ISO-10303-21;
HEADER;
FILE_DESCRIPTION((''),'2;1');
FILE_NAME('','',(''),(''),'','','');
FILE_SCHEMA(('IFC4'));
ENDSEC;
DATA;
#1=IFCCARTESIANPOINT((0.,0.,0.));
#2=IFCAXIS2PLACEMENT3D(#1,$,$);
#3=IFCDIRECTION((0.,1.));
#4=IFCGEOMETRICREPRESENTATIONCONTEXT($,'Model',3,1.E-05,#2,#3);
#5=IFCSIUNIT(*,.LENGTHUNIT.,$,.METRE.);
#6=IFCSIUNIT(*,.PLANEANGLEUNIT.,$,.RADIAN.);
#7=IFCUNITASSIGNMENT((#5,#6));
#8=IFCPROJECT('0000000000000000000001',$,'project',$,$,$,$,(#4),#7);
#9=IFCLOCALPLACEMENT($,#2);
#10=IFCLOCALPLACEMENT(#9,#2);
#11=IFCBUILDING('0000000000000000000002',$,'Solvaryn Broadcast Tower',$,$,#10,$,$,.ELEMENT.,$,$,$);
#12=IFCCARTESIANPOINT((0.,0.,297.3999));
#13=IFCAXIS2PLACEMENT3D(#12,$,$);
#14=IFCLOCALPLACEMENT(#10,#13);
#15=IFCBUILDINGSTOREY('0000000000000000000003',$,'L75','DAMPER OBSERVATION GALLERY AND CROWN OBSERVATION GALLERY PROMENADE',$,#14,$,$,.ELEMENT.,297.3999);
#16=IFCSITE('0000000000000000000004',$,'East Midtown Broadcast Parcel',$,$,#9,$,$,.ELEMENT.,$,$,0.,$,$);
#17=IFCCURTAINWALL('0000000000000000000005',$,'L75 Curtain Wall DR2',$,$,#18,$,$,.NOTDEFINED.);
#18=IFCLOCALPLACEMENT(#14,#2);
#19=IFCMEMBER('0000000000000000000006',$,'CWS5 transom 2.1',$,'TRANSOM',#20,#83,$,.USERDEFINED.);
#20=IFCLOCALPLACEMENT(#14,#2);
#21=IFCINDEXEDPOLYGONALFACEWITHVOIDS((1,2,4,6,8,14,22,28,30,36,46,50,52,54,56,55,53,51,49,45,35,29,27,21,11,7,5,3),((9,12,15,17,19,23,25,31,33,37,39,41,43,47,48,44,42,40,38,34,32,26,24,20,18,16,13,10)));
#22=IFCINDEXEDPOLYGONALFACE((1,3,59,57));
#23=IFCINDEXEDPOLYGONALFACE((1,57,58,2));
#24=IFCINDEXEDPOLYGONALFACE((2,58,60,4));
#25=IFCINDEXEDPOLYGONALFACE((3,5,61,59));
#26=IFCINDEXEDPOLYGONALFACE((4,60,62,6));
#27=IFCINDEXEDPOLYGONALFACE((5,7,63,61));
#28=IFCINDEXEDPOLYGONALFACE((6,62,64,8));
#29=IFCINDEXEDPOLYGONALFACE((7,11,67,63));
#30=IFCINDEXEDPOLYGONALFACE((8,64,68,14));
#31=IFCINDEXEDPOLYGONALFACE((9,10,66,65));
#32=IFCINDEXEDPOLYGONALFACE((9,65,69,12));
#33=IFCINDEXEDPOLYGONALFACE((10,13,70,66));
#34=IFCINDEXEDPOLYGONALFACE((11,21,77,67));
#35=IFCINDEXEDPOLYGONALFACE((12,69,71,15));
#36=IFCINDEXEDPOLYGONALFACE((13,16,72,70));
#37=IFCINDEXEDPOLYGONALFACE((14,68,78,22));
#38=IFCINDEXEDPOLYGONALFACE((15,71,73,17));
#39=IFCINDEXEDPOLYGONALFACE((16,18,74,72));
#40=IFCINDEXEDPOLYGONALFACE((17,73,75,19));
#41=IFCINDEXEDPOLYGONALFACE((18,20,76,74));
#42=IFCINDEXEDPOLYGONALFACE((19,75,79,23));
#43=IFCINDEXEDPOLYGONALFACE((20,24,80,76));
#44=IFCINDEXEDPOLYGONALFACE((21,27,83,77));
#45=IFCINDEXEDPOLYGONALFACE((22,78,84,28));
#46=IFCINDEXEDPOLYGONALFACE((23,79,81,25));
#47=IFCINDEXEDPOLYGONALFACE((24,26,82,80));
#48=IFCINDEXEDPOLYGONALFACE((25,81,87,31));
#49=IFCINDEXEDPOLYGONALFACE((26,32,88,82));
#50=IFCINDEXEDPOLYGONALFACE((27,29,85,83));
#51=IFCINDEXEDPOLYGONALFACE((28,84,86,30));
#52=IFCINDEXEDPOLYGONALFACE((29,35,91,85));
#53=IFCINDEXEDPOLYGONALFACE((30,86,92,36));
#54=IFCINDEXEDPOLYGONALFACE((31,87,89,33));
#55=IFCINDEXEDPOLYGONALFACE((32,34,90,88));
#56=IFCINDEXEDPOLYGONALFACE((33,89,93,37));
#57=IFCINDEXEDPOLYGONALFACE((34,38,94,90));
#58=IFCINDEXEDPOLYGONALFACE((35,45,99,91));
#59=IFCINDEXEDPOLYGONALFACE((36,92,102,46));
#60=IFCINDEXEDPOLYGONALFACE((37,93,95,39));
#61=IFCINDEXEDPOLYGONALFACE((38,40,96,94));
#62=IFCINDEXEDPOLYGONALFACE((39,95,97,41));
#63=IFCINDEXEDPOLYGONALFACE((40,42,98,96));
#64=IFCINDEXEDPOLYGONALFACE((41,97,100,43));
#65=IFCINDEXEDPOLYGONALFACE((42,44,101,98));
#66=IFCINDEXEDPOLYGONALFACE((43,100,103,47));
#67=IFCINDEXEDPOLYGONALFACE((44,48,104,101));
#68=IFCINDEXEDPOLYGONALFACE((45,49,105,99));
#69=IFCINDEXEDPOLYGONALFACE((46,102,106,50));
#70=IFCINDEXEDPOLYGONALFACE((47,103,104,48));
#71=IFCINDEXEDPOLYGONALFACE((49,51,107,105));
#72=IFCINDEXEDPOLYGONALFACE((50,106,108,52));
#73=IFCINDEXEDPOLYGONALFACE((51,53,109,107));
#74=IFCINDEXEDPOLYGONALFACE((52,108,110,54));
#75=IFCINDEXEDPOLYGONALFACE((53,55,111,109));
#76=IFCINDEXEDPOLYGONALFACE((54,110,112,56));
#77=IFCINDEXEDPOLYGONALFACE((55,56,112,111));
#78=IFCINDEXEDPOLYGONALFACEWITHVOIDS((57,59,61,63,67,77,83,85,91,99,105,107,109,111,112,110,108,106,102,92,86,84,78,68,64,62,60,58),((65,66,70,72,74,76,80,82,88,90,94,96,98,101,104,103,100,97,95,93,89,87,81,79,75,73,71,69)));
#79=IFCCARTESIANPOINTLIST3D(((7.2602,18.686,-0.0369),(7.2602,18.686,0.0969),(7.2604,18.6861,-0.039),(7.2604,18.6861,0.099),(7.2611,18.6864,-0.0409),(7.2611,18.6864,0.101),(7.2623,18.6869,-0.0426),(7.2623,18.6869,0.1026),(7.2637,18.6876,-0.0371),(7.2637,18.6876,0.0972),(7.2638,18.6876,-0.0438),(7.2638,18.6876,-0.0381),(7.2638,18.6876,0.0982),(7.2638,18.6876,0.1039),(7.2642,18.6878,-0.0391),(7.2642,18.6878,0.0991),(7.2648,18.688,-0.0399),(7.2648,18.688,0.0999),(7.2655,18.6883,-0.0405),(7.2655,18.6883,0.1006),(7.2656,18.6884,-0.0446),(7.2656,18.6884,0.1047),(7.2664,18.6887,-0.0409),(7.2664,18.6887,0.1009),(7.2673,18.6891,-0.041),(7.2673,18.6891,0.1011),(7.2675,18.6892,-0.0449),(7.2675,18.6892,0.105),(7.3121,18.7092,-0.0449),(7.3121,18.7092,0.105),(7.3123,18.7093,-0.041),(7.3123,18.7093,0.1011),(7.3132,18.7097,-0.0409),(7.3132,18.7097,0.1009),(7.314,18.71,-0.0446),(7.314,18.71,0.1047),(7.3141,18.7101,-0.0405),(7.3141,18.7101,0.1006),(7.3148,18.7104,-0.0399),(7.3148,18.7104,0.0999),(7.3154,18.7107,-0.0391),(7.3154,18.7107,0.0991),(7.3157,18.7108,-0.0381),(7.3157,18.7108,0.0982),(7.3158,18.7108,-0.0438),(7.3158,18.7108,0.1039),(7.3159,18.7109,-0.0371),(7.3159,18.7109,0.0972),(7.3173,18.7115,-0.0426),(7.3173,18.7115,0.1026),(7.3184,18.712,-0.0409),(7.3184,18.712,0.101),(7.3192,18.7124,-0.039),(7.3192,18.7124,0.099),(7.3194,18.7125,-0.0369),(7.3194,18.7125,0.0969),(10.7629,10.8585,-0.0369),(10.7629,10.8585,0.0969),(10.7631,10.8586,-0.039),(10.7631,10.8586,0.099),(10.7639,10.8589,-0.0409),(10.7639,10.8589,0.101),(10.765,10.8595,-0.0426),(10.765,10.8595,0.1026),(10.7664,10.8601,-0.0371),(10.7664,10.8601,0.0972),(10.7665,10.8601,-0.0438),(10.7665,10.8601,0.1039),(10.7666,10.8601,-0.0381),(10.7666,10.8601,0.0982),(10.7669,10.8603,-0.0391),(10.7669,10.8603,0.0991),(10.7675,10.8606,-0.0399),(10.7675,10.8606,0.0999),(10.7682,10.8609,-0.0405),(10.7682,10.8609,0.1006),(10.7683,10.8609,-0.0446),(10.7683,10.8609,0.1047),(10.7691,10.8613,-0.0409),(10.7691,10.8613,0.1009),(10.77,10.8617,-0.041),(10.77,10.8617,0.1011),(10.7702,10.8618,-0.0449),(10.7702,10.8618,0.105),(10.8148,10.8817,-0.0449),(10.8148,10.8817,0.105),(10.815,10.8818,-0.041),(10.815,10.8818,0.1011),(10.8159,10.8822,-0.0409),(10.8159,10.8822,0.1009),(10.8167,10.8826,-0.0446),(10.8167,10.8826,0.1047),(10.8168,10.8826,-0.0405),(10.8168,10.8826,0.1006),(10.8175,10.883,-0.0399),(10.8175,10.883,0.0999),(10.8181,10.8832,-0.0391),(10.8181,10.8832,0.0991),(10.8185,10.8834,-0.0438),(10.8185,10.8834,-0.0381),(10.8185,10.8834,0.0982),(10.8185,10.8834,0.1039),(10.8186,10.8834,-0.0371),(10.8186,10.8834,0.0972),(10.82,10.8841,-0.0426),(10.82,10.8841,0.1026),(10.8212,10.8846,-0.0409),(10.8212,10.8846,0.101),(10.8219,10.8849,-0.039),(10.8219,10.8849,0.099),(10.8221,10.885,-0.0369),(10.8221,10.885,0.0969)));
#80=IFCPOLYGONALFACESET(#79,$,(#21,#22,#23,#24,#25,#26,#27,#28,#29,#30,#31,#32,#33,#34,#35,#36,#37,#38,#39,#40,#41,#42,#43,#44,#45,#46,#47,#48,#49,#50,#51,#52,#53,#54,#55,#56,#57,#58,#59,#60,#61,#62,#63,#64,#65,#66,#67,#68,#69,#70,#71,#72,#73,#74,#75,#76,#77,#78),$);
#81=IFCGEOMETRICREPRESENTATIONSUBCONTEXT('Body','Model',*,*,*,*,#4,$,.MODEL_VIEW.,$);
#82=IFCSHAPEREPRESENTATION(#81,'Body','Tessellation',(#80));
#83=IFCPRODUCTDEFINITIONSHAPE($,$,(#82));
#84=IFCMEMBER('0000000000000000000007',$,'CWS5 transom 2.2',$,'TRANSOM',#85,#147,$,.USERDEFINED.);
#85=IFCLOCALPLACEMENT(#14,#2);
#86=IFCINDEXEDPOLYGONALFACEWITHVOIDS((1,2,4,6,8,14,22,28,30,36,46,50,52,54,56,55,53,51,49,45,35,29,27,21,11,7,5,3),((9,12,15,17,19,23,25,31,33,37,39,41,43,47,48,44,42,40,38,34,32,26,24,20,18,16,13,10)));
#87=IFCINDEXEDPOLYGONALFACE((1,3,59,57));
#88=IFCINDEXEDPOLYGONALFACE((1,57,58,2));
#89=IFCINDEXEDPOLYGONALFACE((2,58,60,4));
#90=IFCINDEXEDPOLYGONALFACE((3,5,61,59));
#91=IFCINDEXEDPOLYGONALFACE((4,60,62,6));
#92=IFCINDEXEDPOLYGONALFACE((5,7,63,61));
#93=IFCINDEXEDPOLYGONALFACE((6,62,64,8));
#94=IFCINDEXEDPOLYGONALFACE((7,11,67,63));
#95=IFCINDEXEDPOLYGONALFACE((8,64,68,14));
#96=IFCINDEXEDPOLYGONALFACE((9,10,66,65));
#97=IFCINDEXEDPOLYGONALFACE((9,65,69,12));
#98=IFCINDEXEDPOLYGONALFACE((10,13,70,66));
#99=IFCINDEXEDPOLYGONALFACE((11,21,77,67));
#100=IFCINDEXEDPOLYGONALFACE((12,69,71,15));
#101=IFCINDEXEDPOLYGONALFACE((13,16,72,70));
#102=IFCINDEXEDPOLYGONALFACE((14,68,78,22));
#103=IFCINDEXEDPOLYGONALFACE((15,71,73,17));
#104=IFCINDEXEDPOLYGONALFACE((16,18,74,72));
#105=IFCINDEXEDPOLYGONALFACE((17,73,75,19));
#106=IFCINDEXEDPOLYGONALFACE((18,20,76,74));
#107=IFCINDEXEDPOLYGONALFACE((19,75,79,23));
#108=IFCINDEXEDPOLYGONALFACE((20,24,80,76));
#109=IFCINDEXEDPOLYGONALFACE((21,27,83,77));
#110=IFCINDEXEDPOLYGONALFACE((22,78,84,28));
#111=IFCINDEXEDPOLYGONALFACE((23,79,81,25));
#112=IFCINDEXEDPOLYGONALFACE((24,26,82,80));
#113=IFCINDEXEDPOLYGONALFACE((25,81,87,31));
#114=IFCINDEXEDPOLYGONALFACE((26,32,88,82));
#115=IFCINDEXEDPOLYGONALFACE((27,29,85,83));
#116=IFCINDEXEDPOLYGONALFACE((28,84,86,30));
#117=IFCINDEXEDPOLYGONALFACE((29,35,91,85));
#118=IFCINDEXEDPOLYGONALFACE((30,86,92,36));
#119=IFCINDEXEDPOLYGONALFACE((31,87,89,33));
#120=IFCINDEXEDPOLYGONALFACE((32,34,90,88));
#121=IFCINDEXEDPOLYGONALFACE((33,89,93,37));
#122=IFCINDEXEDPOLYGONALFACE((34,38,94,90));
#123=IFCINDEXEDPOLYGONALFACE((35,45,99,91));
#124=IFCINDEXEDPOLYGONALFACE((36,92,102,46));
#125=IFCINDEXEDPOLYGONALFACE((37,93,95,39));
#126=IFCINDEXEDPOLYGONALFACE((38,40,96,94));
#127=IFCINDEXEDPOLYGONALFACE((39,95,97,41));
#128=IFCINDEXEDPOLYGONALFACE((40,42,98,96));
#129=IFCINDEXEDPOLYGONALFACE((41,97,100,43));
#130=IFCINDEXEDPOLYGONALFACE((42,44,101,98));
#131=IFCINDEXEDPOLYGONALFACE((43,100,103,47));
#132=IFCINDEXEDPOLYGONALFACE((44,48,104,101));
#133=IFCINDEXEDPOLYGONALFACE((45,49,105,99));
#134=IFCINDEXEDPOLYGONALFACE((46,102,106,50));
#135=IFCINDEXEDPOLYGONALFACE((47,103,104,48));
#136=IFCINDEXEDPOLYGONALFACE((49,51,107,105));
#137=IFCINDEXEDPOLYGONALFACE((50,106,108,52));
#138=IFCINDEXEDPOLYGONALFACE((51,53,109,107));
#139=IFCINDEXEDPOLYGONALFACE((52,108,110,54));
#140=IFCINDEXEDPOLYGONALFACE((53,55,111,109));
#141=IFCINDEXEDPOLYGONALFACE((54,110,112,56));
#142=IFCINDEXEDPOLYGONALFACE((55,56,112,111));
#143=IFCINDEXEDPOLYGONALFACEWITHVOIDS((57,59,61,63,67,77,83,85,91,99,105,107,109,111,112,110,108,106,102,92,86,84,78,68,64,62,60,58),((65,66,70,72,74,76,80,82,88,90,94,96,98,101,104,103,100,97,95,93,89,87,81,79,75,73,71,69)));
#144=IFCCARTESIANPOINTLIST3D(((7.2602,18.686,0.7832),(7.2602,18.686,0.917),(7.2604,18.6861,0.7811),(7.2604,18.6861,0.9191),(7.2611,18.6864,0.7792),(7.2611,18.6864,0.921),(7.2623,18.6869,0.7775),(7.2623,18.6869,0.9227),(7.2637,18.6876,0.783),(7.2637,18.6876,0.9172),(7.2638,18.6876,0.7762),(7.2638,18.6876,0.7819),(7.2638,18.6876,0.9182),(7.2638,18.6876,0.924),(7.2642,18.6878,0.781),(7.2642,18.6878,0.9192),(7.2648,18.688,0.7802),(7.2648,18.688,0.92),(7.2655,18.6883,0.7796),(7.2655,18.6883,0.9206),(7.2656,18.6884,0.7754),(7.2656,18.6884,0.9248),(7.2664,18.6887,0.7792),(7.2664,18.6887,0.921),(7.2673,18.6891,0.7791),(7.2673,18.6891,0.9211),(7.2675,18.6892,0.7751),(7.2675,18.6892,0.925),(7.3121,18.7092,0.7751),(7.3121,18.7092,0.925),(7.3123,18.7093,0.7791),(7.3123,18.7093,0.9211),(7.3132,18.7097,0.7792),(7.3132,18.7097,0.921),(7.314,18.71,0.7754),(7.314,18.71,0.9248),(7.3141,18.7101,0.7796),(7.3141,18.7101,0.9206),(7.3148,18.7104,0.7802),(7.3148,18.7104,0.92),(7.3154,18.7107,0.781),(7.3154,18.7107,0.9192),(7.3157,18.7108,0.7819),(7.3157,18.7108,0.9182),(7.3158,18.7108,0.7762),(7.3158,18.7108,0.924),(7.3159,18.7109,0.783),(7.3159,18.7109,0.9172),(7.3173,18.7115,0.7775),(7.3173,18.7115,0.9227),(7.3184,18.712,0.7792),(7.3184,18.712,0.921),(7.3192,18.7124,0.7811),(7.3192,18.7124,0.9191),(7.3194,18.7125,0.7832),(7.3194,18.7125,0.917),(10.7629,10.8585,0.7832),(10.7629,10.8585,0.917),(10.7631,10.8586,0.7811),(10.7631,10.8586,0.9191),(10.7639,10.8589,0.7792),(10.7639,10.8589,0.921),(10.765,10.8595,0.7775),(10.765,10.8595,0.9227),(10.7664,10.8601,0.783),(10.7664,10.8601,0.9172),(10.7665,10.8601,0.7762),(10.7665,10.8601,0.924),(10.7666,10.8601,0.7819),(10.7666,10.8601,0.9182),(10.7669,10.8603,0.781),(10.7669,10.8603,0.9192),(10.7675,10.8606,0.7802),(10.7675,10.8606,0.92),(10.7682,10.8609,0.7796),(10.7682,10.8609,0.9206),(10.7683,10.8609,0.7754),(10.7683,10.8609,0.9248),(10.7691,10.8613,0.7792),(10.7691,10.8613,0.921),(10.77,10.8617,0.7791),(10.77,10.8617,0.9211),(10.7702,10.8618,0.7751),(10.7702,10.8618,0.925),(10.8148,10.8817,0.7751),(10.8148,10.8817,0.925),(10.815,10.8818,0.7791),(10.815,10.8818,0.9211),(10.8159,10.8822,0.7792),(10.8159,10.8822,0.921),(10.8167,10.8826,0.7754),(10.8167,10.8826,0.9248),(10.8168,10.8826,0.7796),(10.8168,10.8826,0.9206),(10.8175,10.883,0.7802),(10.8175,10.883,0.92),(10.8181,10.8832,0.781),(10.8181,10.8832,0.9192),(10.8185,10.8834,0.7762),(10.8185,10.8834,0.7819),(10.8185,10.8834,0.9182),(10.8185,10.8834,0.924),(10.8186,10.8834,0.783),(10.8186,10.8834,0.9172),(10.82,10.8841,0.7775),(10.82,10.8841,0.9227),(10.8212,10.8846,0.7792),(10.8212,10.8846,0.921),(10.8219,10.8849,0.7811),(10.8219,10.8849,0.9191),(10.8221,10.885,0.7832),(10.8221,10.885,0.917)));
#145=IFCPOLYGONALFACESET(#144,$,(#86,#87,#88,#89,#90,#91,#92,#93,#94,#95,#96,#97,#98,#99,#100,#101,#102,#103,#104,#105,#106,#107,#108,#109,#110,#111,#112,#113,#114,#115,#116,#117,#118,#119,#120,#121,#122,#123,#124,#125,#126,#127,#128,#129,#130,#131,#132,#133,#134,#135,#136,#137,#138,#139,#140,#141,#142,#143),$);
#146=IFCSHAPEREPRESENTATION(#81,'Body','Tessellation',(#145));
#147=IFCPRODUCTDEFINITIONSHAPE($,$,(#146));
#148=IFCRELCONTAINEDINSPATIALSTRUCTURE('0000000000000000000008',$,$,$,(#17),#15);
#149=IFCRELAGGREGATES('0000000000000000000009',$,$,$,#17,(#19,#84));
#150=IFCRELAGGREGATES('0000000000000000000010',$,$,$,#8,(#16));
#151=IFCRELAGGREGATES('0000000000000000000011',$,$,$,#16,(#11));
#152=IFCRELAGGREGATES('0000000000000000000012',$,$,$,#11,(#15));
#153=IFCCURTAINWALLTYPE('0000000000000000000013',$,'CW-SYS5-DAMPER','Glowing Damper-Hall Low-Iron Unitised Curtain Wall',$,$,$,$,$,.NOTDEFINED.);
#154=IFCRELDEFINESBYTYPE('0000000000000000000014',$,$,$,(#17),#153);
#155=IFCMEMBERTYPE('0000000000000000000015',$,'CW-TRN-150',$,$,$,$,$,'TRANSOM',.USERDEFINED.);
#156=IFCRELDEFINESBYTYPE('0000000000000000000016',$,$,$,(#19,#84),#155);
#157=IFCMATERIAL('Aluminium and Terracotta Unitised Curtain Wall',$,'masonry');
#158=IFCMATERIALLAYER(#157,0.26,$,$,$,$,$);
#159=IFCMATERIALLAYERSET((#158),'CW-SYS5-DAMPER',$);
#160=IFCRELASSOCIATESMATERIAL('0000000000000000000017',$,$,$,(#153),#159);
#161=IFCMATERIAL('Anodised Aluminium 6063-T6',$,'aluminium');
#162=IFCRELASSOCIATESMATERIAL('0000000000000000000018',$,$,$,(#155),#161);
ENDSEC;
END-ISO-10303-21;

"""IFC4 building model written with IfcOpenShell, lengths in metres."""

from ifc_helpers import new_model, si_unit, direction, frame, origin, origin_2d, place, context, subcontext, project, spatial, hollow_rectangle, extrude, material, layer, layer_set, material_profile, profile_set, type_object, element, aggregate, save


model = new_model("IFC4")

# Units and contexts
model_context = context("Model", 3, precision=1e-05, world=origin(), true_north=direction((0.0, 1.0)))
body_context = subcontext(model_context, "Body", "Model", "MODEL_VIEW")
ifc_project = project(units=[si_unit("LENGTHUNIT", "METRE"), si_unit("PLANEANGLEUNIT", "RADIAN")], contexts=[model_context])

# Site, building, storey
site_placement = place(None, origin())
site = spatial("IfcSite", under=ifc_project, at=site_placement, Name="East Midtown Broadcast Parcel", CompositionType="ELEMENT", RefElevation=0.0)
building_placement = place(site_placement, origin())
building = spatial("IfcBuilding", under=site, at=building_placement, Name="Solvaryn Broadcast Tower", CompositionType="ELEMENT")
storey_placement = place(building_placement, frame((0.0, 0.0, 297.3999)))
storey = spatial("IfcBuildingStorey", under=building, at=storey_placement, Name="L75", Description="DAMPER OBSERVATION GALLERY AND CROWN OBSERVATION GALLERY PROMENADE", CompositionType="ELEMENT", Elevation=297.3999)

# Shared definitions
ifc_material_1 = material(Name="Aluminium and Terracotta Unitised Curtain Wall", Category="masonry")
ifc_layer_1 = layer(ifc_material_1, 0.26)
ifc_layer_set_1 = layer_set([ifc_layer_1], Name="CW-SYS5-DAMPER")
curtain_wall_type = type_object("IfcCurtainWallType", Name="CW-SYS5-DAMPER", Description="Glowing Damper-Hall Low-Iron Unitised Curtain Wall", PredefinedType="NOTDEFINED", material=ifc_layer_set_1)

# Curtain wall, members
curtain_wall_1_placement = place(storey_placement, origin())
curtain_wall_1 = element("IfcCurtainWall", 1, at=curtain_wall_1_placement, inside=storey, type_object=curtain_wall_type, Name="L75 Curtain Wall DR2", PredefinedType="NOTDEFINED")
ifc_material_2 = material(Name="Anodised Aluminium 6063-T6", Category="aluminium")
ifc_material_profile_1 = material_profile(ifc_material_2, hollow_rectangle(XDim=0.0649, YDim=0.1499, WallThickness=0.0039, InnerFilletRadius=0.0039, OuterFilletRadius=0.0081, at=origin_2d()))
ifc_profile_set_1 = profile_set([ifc_material_profile_1], Name="Anodised Aluminium 6063-T6")
member_type_1 = type_object("IfcMemberType", Name="CW-TRN-150", ElementType="TRANSOM", PredefinedType="USERDEFINED", material=ifc_profile_set_1)
member_1_placement = place(storey_placement, frame((7.2898, 18.6992, 0.03), z_axis=(0.408459, -0.912777, 0.0), x_axis=(0.912777, 0.408459, 0.0)))
member_1 = element("IfcMember", 2, at=member_1_placement, type_object=member_type_1, Name="CWS5 transom 2.1", ObjectType="TRANSOM", PredefinedType="USERDEFINED", context=body_context, shape_type="SweptSolid", body=[
    extrude(hollow_rectangle(XDim=0.0649, YDim=0.1499, WallThickness=0.0039, InnerFilletRadius=0.0039, OuterFilletRadius=0.0081, at=origin_2d()), origin(), (0.0, 0.0, 1.0), 8.5754),
])
member_2_placement = place(storey_placement, frame((7.2898, 18.6992, 0.8501), z_axis=(0.408459, -0.912777, 0.0), x_axis=(0.912777, 0.408459, 0.0)))
member_2 = element("IfcMember", 3, at=member_2_placement, type_object=member_type_1, Name="CWS5 transom 2.2", ObjectType="TRANSOM", PredefinedType="USERDEFINED", context=body_context, shape_type="SweptSolid", body=[
    extrude(hollow_rectangle(XDim=0.0649, YDim=0.1499, WallThickness=0.0039, InnerFilletRadius=0.0039, OuterFilletRadius=0.0081, at=origin_2d()), origin(), (0.0, 0.0, 1.0), 8.5754),
])

aggregate(curtain_wall_1, [member_1, member_2])

save(model, "model.ifc")
